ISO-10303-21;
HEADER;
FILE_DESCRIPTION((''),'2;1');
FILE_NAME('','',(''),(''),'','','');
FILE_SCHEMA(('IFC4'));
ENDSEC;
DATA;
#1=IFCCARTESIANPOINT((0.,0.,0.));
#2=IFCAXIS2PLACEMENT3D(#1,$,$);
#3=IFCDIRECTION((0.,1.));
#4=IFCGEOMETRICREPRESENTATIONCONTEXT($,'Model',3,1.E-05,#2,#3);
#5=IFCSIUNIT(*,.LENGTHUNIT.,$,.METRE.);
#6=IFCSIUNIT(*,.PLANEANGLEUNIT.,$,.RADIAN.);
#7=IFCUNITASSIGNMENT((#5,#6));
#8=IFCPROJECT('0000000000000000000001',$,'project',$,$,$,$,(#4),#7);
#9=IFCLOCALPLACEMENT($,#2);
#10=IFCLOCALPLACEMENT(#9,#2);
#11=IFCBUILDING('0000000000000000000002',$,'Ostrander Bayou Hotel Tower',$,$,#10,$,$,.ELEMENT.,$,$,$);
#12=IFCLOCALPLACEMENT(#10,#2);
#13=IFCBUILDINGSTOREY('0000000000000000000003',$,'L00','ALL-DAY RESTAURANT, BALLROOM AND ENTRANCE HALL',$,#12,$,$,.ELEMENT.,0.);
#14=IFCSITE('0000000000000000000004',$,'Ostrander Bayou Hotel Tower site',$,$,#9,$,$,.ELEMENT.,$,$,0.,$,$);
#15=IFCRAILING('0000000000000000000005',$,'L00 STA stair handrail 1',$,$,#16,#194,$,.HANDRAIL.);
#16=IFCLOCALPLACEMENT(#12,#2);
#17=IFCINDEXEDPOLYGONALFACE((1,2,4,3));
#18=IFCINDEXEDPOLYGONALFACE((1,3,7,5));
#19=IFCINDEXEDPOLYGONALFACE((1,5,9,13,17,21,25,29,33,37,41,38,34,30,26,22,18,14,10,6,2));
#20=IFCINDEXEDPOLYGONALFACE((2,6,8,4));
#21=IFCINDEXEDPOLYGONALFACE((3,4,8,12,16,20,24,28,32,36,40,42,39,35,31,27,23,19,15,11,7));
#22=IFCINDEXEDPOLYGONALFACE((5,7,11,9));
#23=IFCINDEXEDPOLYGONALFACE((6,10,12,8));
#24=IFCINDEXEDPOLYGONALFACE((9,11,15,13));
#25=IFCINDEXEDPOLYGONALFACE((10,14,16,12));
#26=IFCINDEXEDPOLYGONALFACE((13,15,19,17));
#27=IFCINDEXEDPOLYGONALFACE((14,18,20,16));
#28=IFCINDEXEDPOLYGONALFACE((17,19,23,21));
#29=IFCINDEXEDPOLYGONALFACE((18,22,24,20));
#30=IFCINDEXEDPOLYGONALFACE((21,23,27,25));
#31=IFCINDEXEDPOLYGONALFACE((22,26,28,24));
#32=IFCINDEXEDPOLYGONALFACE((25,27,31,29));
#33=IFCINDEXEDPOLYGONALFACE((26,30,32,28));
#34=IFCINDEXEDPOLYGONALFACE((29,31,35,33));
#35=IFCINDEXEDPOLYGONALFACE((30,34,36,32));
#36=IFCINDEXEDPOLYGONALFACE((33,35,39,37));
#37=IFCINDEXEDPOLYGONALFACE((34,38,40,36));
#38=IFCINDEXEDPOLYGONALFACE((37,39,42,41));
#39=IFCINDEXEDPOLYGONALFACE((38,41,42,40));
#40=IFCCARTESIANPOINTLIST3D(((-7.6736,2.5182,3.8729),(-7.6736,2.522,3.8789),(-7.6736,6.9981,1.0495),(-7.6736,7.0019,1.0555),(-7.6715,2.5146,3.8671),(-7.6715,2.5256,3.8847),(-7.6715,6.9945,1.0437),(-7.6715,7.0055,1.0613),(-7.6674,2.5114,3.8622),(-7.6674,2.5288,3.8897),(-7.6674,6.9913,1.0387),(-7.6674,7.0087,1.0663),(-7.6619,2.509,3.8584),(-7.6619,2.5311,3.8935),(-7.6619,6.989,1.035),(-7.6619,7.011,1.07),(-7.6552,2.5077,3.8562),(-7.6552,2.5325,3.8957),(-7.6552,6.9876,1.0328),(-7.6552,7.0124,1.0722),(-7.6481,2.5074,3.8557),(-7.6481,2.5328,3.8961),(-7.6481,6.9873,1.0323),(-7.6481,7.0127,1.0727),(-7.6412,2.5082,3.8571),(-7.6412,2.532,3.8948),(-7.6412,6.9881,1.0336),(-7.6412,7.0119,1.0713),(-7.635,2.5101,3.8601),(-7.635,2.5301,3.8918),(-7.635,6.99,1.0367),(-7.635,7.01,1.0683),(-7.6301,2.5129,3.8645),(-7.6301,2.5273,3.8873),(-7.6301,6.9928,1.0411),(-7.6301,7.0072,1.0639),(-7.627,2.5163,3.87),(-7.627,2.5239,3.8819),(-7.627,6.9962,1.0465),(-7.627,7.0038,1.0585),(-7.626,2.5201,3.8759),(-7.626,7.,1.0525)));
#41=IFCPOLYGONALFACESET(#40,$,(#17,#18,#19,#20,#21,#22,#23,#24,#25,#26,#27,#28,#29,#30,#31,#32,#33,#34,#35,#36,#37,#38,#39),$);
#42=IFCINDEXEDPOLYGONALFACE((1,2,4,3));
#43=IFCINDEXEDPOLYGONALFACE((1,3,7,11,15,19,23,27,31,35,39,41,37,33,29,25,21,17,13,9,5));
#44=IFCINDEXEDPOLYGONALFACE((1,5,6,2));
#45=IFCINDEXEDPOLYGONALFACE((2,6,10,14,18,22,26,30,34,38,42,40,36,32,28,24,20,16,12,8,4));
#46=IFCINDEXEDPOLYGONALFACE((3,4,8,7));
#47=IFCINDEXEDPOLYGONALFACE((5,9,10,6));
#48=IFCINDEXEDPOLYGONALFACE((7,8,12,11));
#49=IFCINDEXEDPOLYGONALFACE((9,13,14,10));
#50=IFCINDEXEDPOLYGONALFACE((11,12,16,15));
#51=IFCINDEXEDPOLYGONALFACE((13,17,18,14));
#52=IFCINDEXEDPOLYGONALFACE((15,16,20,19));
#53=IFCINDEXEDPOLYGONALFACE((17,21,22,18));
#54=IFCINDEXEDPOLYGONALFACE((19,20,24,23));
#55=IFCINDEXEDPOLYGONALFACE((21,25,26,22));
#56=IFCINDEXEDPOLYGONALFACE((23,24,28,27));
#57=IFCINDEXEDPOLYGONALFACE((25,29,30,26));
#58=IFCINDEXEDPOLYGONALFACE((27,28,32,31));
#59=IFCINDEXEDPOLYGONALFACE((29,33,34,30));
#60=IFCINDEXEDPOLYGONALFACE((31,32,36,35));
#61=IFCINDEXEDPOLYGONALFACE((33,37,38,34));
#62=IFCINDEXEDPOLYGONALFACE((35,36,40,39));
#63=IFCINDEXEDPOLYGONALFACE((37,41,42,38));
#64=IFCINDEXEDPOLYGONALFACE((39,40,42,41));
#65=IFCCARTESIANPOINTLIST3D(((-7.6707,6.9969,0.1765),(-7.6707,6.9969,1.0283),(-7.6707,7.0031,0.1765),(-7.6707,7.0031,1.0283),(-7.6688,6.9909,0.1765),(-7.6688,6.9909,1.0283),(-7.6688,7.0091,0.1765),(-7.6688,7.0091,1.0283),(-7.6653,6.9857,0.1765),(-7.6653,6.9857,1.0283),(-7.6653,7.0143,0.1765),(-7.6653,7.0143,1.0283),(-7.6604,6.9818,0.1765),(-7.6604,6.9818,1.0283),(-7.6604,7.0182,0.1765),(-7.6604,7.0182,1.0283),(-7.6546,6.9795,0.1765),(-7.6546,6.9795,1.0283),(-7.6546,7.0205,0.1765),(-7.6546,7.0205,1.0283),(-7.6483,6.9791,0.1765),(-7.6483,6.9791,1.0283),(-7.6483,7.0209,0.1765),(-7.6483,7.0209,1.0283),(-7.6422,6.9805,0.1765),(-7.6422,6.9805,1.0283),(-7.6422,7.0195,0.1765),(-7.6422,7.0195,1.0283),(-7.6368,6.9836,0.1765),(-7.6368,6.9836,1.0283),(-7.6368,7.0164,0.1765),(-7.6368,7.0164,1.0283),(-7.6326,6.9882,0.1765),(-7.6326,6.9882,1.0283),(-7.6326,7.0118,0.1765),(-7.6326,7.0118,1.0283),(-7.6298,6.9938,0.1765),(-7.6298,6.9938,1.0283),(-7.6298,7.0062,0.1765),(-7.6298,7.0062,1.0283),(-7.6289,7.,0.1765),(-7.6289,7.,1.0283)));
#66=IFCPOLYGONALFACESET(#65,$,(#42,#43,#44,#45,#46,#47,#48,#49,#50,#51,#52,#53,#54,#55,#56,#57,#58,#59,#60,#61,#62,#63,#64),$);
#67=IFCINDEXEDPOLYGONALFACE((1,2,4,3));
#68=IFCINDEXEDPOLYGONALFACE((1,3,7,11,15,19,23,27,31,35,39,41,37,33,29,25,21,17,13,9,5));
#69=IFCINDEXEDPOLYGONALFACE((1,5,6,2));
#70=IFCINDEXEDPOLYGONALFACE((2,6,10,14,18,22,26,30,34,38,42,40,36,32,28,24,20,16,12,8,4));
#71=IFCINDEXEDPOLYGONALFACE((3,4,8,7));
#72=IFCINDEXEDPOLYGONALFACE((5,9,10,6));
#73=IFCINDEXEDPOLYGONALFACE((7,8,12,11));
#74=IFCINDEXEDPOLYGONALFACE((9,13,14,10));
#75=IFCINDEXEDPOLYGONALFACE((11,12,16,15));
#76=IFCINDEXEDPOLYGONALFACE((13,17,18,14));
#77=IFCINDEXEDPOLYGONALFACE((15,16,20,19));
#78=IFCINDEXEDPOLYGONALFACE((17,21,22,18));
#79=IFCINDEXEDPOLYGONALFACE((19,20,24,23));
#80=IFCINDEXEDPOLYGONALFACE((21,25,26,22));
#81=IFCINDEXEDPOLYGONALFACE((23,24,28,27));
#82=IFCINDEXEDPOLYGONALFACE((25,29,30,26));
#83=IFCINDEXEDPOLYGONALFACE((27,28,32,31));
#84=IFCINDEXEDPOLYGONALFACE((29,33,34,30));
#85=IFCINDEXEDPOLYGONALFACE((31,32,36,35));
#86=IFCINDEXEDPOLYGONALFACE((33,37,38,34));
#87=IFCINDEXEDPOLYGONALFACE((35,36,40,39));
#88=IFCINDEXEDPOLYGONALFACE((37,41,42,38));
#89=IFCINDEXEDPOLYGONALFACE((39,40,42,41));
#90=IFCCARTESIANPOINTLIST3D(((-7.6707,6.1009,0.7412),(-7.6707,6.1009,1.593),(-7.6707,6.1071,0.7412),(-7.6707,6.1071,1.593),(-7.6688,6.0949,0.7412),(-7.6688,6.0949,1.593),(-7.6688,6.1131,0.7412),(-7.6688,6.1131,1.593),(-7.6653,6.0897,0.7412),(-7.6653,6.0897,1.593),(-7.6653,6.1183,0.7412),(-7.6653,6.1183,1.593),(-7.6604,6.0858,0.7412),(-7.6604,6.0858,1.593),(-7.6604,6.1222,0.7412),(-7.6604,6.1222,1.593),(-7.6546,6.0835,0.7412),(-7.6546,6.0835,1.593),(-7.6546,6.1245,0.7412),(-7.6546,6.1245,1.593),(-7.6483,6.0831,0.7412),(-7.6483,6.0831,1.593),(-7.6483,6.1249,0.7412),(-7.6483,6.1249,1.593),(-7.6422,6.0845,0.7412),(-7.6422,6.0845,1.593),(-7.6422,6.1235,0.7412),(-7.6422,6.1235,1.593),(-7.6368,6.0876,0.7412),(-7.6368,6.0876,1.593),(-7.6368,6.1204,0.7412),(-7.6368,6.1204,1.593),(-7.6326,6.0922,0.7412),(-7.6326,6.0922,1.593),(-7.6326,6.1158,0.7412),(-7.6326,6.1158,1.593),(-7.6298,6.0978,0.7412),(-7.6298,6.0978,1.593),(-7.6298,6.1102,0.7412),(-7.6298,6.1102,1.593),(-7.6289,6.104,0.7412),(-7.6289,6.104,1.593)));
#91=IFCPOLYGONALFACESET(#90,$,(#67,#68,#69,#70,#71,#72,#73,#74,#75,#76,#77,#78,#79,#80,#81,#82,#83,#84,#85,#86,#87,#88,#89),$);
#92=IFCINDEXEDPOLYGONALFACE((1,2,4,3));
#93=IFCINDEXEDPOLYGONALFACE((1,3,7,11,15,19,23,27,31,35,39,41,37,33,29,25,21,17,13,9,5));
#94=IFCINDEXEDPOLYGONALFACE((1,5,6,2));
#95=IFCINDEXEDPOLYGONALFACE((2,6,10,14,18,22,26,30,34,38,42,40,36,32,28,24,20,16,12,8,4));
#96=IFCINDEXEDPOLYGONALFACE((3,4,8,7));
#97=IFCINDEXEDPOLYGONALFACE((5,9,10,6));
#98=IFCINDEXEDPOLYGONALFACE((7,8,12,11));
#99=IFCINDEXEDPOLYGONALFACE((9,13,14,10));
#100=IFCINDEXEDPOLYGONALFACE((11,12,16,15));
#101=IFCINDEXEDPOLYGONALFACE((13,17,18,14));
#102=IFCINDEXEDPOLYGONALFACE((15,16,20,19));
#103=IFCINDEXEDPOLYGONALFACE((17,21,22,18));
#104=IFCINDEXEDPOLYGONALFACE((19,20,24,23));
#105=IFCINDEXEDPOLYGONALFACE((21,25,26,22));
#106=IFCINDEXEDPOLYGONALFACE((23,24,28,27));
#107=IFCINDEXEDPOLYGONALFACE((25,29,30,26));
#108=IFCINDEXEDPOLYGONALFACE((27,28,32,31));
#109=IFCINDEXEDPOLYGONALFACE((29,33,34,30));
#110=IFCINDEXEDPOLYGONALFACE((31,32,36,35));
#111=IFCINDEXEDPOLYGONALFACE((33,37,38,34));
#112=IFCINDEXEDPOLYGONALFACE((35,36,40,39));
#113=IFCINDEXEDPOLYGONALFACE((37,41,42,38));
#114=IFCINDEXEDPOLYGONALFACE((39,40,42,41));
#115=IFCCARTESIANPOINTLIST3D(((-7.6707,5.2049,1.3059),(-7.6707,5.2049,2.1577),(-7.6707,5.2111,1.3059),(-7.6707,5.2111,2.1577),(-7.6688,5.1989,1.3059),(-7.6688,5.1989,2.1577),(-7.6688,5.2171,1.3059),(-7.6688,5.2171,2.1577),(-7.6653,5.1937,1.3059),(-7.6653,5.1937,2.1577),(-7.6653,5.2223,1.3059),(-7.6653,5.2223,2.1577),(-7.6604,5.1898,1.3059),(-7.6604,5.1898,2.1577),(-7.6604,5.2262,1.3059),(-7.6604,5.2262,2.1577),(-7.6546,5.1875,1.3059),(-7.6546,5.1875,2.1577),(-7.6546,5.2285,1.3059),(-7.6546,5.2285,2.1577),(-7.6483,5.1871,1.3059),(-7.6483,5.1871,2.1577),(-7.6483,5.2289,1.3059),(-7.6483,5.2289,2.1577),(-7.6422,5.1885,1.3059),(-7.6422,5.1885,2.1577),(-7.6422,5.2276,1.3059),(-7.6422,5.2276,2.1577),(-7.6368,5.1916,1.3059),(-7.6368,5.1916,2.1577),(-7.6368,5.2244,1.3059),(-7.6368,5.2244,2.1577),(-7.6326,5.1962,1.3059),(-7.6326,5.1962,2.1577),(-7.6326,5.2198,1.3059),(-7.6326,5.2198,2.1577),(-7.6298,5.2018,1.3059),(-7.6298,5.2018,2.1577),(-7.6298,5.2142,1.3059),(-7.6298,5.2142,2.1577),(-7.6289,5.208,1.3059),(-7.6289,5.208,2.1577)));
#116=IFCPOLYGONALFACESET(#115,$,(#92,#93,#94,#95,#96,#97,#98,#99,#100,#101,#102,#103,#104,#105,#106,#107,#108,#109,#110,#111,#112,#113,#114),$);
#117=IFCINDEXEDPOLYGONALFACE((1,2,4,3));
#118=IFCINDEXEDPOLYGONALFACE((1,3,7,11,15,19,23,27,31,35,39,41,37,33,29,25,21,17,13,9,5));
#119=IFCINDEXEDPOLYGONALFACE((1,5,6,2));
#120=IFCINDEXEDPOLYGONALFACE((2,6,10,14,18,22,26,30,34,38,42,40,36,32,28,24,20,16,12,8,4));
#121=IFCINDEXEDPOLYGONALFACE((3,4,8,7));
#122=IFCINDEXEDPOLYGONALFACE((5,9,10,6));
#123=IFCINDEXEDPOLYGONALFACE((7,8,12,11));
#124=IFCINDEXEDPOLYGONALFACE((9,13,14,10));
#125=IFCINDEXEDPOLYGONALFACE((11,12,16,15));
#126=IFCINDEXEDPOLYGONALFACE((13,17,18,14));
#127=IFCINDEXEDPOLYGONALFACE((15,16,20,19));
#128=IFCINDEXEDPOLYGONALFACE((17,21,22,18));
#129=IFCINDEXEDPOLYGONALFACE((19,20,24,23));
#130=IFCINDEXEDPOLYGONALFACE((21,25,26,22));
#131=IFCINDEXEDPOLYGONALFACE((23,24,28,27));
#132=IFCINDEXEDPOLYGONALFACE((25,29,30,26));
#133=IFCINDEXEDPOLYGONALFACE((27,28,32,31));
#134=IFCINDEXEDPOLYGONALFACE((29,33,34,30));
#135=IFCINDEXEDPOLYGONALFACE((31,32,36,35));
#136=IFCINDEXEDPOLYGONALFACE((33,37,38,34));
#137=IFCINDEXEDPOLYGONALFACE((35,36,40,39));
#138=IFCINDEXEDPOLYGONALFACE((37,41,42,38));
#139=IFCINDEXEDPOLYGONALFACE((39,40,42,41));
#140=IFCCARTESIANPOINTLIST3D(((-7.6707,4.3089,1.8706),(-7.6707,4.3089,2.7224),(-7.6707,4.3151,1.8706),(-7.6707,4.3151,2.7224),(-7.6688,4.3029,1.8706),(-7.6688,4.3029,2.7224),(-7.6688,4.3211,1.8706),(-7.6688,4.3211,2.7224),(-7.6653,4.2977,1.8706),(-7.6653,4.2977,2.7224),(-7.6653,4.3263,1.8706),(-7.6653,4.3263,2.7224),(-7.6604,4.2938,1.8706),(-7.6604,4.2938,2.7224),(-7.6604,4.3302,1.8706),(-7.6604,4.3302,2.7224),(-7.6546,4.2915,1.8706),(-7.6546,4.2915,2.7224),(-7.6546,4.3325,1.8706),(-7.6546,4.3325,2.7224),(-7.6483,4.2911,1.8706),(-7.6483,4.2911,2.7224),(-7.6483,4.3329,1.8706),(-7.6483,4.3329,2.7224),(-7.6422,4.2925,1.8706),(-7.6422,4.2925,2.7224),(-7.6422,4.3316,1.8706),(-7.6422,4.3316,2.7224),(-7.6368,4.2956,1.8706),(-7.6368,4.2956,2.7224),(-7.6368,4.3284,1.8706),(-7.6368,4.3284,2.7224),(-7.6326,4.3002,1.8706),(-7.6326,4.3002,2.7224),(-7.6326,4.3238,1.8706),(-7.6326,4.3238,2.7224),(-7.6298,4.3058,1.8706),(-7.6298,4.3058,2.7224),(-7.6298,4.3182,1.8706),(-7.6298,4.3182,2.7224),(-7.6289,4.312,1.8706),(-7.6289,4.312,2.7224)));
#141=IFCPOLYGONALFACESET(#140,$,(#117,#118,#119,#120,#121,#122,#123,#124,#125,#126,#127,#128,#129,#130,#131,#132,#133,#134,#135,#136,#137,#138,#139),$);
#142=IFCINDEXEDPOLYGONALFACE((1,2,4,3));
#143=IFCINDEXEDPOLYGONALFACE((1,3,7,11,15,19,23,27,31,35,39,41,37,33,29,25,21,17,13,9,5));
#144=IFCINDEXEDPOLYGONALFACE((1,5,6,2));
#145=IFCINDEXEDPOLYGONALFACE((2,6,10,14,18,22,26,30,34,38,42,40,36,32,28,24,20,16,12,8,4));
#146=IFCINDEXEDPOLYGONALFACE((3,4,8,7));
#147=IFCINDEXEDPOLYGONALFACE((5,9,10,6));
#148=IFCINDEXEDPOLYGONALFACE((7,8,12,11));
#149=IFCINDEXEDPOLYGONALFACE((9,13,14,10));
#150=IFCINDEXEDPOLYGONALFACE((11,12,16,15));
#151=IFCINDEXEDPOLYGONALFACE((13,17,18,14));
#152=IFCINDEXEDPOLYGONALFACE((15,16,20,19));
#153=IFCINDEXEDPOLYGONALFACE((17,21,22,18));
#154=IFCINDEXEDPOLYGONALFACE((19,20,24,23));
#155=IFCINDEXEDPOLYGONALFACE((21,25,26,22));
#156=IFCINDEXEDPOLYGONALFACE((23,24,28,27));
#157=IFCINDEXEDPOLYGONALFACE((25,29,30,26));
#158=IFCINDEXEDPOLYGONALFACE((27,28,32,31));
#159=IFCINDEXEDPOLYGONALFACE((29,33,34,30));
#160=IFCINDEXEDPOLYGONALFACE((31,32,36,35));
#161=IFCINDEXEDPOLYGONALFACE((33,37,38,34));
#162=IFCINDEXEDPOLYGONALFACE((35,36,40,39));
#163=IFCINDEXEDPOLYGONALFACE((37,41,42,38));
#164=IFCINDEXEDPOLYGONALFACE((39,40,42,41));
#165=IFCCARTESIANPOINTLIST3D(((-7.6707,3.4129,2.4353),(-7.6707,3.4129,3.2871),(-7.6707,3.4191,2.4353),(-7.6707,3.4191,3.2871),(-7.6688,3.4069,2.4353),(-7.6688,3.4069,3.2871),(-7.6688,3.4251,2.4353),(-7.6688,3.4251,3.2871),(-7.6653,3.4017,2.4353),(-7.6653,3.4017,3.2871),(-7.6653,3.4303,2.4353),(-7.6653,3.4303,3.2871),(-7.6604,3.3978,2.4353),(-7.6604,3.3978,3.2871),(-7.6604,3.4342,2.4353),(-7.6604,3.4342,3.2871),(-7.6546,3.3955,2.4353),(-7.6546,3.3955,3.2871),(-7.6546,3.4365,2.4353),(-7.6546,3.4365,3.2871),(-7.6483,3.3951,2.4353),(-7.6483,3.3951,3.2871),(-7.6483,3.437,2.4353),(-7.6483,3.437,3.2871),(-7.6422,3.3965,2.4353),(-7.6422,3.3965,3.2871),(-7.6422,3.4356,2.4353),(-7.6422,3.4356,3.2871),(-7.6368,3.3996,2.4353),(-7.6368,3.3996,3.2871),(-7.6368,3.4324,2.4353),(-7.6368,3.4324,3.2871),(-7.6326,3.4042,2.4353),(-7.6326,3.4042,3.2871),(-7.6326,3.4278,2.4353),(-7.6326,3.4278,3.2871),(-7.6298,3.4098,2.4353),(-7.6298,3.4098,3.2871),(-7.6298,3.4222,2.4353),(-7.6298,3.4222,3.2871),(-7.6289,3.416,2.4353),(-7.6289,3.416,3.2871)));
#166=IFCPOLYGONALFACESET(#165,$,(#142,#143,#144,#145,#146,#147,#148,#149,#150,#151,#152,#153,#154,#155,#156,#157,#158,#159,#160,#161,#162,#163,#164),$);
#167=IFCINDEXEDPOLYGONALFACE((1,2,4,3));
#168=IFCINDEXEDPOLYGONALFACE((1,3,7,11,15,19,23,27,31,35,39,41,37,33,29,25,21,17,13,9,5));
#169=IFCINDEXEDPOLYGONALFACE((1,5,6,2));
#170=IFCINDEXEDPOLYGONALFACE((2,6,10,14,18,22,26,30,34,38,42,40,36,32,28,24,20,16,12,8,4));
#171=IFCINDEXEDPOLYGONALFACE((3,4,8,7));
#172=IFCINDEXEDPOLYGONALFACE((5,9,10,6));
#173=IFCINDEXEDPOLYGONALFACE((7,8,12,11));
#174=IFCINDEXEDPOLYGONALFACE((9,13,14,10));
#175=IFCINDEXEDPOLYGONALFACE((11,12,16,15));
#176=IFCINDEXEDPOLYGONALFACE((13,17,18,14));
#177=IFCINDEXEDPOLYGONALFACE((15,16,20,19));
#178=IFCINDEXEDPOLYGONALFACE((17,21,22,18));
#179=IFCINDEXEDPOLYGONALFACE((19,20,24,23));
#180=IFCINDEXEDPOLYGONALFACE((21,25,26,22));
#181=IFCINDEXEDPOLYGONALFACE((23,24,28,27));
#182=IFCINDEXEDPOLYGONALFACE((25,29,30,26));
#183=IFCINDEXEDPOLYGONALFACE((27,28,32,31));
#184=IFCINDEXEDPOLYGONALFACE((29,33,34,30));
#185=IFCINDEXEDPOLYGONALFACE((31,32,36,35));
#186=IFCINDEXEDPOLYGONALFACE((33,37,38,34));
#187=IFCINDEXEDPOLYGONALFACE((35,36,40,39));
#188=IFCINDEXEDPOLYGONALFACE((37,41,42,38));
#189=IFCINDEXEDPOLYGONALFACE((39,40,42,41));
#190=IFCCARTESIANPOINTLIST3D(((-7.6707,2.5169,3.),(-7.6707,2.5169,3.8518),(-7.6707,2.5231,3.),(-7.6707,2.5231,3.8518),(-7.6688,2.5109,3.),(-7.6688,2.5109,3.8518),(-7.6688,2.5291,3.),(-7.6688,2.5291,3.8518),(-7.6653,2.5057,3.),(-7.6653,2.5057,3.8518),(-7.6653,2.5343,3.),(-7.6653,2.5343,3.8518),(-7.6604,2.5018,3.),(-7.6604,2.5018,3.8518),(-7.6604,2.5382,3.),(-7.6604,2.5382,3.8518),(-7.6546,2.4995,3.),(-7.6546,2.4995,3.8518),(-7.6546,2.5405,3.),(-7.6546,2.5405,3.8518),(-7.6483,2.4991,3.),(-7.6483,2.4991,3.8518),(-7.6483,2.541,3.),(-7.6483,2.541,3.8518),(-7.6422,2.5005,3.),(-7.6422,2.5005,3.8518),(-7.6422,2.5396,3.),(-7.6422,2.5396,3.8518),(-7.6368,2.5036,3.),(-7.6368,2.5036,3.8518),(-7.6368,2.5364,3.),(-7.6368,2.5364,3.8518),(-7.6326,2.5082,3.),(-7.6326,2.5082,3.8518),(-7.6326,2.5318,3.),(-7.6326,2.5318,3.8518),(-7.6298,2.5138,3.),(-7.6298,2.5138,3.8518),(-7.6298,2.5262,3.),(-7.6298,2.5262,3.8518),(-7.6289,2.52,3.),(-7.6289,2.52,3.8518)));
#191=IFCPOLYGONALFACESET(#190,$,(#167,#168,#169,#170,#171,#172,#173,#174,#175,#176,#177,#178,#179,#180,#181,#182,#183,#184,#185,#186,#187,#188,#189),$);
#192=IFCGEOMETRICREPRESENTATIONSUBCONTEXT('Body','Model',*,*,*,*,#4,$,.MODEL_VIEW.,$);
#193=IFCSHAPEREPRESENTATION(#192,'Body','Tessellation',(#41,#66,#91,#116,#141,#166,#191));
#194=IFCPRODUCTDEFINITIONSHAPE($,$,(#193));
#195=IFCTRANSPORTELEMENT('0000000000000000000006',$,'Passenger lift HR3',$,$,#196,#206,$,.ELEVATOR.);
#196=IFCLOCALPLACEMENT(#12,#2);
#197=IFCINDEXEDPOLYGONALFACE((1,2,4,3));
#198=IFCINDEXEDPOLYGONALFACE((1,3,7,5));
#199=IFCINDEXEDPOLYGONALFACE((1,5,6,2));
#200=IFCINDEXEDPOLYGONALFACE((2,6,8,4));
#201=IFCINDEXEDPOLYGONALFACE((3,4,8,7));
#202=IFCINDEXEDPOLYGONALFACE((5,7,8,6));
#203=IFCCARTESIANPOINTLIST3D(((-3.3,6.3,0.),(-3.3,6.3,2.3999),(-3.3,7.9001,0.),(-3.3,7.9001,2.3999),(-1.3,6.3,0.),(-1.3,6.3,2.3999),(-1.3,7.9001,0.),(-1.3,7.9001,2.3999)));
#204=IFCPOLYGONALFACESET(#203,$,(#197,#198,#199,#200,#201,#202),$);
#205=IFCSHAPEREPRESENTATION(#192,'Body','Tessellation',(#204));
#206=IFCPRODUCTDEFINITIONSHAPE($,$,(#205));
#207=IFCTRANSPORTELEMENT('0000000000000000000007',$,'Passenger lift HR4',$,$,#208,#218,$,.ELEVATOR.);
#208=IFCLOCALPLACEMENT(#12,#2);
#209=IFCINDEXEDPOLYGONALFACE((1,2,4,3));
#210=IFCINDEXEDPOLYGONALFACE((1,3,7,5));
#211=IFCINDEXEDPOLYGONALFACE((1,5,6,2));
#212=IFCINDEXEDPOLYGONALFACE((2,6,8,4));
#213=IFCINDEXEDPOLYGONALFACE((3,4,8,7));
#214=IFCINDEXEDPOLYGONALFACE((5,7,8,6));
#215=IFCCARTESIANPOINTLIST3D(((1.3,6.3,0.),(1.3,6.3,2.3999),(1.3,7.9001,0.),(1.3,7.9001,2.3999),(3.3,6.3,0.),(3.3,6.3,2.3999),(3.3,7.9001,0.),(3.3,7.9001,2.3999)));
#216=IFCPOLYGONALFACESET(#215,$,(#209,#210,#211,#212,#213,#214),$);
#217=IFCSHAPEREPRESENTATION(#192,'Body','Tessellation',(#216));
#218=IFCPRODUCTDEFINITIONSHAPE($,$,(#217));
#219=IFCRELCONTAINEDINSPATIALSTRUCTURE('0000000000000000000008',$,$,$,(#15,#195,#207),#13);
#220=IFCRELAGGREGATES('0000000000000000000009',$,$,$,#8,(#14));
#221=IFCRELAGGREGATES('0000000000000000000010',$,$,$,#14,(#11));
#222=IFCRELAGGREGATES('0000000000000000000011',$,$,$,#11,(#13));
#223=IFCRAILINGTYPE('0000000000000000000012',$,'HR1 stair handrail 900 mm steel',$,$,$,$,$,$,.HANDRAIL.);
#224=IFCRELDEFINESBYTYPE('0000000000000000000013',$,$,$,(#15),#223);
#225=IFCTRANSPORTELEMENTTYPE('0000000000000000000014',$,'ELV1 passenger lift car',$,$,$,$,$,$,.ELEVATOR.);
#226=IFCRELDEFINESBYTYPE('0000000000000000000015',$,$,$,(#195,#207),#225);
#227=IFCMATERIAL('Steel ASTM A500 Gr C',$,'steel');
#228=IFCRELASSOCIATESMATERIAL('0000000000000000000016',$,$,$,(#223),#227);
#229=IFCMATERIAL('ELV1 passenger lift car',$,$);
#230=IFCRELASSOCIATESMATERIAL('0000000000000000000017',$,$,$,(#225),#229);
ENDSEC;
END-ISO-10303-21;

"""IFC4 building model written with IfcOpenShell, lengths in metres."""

from ifc_helpers import new_model, si_unit, direction, frame, origin, origin_2d, place, context, subcontext, project, spatial, rectangle, circle, extrude, material, type_object, element, save


model = new_model("IFC4")

# Units and contexts
model_context = context("Model", 3, precision=1e-05, world=origin(), true_north=direction((0.0, 1.0)))
body_context = subcontext(model_context, "Body", "Model", "MODEL_VIEW")
ifc_project = project(units=[si_unit("LENGTHUNIT", "METRE"), si_unit("PLANEANGLEUNIT", "RADIAN")], contexts=[model_context])

# Site, building, storey
site_placement = place(None, origin())
site = spatial("IfcSite", under=ifc_project, at=site_placement, Name="Ostrander Bayou Hotel Tower site", CompositionType="ELEMENT", RefElevation=0.0)
building_placement = place(site_placement, origin())
building = spatial("IfcBuilding", under=site, at=building_placement, Name="Ostrander Bayou Hotel Tower", CompositionType="ELEMENT")
storey_placement = place(building_placement, origin())
storey = spatial("IfcBuildingStorey", under=building, at=storey_placement, Name="L00", Description="ALL-DAY RESTAURANT, BALLROOM AND ENTRANCE HALL", CompositionType="ELEMENT", Elevation=0.0)

# Railing
ifc_material_1 = material(Name="Steel ASTM A500 Gr C", Category="steel")
railing_type_1 = type_object("IfcRailingType", Name="HR1 stair handrail 900 mm steel", PredefinedType="HANDRAIL", material=ifc_material_1)
railing_1_placement = place(storey_placement, frame((-7.6499, 7.0, 0.1765)))
element("IfcRailing", 1, at=railing_1_placement, inside=storey, type_object=railing_type_1, Name="L00 STA stair handrail 1", PredefinedType="HANDRAIL", context=body_context, shape_type="SweptSolid", body=[
    extrude(circle(Radius=0.0239, at=origin_2d()), frame((0.0, 0.0, 0.876), z_axis=(0.0, -0.845998, 0.533186), x_axis=(1.0, 0.0, 0.0)), (0.0, 0.0, 1.0), 5.2954),
    extrude(circle(Radius=0.021, at=origin_2d()), origin(), (0.0, 0.0, 1.0), 0.8518),
    extrude(circle(Radius=0.021, at=origin_2d()), frame((0.0, -0.896, 0.5647)), (0.0, 0.0, 1.0), 0.8518),
    extrude(circle(Radius=0.021, at=origin_2d()), frame((0.0, -1.792, 1.1294)), (0.0, 0.0, 1.0), 0.8518),
    extrude(circle(Radius=0.021, at=origin_2d()), frame((0.0, -2.688, 1.6941)), (0.0, 0.0, 1.0), 0.8518),
    extrude(circle(Radius=0.021, at=origin_2d()), frame((0.0, -3.584, 2.2588)), (0.0, 0.0, 1.0), 0.8518),
    extrude(circle(Radius=0.021, at=origin_2d()), frame((0.0, -4.48, 2.8235)), (0.0, 0.0, 1.0), 0.8518),
])

# Transport elements
ifc_material_2 = material(Name="ELV1 passenger lift car")
transport_element_type = type_object("IfcTransportElementType", Name="ELV1 passenger lift car", PredefinedType="ELEVATOR", material=ifc_material_2)
for number, where, z_axis, x_axis, name in (
    (2, (-2.3, 7.1001, 0.0), (0.0, 0.0, 1.0), (1.0, 0.0, 0.0), "Passenger lift HR3"),
    (3, (2.3, 7.1001, 0.0), (0.0, 0.0, 1.0), (1.0, 0.0, 0.0), "Passenger lift HR4"),
):
    element("IfcTransportElement", number, at=place(storey_placement, frame(where, z_axis=z_axis, x_axis=x_axis)), inside=storey, type_object=transport_element_type, Name=name, PredefinedType="ELEVATOR", context=body_context, shape_type="SweptSolid", body=[
        extrude(rectangle(XDim=2.0, YDim=1.6001, at=origin_2d()), origin(), (0.0, 0.0, 1.0), 2.3999),
    ])

save(model, "model.ifc")
